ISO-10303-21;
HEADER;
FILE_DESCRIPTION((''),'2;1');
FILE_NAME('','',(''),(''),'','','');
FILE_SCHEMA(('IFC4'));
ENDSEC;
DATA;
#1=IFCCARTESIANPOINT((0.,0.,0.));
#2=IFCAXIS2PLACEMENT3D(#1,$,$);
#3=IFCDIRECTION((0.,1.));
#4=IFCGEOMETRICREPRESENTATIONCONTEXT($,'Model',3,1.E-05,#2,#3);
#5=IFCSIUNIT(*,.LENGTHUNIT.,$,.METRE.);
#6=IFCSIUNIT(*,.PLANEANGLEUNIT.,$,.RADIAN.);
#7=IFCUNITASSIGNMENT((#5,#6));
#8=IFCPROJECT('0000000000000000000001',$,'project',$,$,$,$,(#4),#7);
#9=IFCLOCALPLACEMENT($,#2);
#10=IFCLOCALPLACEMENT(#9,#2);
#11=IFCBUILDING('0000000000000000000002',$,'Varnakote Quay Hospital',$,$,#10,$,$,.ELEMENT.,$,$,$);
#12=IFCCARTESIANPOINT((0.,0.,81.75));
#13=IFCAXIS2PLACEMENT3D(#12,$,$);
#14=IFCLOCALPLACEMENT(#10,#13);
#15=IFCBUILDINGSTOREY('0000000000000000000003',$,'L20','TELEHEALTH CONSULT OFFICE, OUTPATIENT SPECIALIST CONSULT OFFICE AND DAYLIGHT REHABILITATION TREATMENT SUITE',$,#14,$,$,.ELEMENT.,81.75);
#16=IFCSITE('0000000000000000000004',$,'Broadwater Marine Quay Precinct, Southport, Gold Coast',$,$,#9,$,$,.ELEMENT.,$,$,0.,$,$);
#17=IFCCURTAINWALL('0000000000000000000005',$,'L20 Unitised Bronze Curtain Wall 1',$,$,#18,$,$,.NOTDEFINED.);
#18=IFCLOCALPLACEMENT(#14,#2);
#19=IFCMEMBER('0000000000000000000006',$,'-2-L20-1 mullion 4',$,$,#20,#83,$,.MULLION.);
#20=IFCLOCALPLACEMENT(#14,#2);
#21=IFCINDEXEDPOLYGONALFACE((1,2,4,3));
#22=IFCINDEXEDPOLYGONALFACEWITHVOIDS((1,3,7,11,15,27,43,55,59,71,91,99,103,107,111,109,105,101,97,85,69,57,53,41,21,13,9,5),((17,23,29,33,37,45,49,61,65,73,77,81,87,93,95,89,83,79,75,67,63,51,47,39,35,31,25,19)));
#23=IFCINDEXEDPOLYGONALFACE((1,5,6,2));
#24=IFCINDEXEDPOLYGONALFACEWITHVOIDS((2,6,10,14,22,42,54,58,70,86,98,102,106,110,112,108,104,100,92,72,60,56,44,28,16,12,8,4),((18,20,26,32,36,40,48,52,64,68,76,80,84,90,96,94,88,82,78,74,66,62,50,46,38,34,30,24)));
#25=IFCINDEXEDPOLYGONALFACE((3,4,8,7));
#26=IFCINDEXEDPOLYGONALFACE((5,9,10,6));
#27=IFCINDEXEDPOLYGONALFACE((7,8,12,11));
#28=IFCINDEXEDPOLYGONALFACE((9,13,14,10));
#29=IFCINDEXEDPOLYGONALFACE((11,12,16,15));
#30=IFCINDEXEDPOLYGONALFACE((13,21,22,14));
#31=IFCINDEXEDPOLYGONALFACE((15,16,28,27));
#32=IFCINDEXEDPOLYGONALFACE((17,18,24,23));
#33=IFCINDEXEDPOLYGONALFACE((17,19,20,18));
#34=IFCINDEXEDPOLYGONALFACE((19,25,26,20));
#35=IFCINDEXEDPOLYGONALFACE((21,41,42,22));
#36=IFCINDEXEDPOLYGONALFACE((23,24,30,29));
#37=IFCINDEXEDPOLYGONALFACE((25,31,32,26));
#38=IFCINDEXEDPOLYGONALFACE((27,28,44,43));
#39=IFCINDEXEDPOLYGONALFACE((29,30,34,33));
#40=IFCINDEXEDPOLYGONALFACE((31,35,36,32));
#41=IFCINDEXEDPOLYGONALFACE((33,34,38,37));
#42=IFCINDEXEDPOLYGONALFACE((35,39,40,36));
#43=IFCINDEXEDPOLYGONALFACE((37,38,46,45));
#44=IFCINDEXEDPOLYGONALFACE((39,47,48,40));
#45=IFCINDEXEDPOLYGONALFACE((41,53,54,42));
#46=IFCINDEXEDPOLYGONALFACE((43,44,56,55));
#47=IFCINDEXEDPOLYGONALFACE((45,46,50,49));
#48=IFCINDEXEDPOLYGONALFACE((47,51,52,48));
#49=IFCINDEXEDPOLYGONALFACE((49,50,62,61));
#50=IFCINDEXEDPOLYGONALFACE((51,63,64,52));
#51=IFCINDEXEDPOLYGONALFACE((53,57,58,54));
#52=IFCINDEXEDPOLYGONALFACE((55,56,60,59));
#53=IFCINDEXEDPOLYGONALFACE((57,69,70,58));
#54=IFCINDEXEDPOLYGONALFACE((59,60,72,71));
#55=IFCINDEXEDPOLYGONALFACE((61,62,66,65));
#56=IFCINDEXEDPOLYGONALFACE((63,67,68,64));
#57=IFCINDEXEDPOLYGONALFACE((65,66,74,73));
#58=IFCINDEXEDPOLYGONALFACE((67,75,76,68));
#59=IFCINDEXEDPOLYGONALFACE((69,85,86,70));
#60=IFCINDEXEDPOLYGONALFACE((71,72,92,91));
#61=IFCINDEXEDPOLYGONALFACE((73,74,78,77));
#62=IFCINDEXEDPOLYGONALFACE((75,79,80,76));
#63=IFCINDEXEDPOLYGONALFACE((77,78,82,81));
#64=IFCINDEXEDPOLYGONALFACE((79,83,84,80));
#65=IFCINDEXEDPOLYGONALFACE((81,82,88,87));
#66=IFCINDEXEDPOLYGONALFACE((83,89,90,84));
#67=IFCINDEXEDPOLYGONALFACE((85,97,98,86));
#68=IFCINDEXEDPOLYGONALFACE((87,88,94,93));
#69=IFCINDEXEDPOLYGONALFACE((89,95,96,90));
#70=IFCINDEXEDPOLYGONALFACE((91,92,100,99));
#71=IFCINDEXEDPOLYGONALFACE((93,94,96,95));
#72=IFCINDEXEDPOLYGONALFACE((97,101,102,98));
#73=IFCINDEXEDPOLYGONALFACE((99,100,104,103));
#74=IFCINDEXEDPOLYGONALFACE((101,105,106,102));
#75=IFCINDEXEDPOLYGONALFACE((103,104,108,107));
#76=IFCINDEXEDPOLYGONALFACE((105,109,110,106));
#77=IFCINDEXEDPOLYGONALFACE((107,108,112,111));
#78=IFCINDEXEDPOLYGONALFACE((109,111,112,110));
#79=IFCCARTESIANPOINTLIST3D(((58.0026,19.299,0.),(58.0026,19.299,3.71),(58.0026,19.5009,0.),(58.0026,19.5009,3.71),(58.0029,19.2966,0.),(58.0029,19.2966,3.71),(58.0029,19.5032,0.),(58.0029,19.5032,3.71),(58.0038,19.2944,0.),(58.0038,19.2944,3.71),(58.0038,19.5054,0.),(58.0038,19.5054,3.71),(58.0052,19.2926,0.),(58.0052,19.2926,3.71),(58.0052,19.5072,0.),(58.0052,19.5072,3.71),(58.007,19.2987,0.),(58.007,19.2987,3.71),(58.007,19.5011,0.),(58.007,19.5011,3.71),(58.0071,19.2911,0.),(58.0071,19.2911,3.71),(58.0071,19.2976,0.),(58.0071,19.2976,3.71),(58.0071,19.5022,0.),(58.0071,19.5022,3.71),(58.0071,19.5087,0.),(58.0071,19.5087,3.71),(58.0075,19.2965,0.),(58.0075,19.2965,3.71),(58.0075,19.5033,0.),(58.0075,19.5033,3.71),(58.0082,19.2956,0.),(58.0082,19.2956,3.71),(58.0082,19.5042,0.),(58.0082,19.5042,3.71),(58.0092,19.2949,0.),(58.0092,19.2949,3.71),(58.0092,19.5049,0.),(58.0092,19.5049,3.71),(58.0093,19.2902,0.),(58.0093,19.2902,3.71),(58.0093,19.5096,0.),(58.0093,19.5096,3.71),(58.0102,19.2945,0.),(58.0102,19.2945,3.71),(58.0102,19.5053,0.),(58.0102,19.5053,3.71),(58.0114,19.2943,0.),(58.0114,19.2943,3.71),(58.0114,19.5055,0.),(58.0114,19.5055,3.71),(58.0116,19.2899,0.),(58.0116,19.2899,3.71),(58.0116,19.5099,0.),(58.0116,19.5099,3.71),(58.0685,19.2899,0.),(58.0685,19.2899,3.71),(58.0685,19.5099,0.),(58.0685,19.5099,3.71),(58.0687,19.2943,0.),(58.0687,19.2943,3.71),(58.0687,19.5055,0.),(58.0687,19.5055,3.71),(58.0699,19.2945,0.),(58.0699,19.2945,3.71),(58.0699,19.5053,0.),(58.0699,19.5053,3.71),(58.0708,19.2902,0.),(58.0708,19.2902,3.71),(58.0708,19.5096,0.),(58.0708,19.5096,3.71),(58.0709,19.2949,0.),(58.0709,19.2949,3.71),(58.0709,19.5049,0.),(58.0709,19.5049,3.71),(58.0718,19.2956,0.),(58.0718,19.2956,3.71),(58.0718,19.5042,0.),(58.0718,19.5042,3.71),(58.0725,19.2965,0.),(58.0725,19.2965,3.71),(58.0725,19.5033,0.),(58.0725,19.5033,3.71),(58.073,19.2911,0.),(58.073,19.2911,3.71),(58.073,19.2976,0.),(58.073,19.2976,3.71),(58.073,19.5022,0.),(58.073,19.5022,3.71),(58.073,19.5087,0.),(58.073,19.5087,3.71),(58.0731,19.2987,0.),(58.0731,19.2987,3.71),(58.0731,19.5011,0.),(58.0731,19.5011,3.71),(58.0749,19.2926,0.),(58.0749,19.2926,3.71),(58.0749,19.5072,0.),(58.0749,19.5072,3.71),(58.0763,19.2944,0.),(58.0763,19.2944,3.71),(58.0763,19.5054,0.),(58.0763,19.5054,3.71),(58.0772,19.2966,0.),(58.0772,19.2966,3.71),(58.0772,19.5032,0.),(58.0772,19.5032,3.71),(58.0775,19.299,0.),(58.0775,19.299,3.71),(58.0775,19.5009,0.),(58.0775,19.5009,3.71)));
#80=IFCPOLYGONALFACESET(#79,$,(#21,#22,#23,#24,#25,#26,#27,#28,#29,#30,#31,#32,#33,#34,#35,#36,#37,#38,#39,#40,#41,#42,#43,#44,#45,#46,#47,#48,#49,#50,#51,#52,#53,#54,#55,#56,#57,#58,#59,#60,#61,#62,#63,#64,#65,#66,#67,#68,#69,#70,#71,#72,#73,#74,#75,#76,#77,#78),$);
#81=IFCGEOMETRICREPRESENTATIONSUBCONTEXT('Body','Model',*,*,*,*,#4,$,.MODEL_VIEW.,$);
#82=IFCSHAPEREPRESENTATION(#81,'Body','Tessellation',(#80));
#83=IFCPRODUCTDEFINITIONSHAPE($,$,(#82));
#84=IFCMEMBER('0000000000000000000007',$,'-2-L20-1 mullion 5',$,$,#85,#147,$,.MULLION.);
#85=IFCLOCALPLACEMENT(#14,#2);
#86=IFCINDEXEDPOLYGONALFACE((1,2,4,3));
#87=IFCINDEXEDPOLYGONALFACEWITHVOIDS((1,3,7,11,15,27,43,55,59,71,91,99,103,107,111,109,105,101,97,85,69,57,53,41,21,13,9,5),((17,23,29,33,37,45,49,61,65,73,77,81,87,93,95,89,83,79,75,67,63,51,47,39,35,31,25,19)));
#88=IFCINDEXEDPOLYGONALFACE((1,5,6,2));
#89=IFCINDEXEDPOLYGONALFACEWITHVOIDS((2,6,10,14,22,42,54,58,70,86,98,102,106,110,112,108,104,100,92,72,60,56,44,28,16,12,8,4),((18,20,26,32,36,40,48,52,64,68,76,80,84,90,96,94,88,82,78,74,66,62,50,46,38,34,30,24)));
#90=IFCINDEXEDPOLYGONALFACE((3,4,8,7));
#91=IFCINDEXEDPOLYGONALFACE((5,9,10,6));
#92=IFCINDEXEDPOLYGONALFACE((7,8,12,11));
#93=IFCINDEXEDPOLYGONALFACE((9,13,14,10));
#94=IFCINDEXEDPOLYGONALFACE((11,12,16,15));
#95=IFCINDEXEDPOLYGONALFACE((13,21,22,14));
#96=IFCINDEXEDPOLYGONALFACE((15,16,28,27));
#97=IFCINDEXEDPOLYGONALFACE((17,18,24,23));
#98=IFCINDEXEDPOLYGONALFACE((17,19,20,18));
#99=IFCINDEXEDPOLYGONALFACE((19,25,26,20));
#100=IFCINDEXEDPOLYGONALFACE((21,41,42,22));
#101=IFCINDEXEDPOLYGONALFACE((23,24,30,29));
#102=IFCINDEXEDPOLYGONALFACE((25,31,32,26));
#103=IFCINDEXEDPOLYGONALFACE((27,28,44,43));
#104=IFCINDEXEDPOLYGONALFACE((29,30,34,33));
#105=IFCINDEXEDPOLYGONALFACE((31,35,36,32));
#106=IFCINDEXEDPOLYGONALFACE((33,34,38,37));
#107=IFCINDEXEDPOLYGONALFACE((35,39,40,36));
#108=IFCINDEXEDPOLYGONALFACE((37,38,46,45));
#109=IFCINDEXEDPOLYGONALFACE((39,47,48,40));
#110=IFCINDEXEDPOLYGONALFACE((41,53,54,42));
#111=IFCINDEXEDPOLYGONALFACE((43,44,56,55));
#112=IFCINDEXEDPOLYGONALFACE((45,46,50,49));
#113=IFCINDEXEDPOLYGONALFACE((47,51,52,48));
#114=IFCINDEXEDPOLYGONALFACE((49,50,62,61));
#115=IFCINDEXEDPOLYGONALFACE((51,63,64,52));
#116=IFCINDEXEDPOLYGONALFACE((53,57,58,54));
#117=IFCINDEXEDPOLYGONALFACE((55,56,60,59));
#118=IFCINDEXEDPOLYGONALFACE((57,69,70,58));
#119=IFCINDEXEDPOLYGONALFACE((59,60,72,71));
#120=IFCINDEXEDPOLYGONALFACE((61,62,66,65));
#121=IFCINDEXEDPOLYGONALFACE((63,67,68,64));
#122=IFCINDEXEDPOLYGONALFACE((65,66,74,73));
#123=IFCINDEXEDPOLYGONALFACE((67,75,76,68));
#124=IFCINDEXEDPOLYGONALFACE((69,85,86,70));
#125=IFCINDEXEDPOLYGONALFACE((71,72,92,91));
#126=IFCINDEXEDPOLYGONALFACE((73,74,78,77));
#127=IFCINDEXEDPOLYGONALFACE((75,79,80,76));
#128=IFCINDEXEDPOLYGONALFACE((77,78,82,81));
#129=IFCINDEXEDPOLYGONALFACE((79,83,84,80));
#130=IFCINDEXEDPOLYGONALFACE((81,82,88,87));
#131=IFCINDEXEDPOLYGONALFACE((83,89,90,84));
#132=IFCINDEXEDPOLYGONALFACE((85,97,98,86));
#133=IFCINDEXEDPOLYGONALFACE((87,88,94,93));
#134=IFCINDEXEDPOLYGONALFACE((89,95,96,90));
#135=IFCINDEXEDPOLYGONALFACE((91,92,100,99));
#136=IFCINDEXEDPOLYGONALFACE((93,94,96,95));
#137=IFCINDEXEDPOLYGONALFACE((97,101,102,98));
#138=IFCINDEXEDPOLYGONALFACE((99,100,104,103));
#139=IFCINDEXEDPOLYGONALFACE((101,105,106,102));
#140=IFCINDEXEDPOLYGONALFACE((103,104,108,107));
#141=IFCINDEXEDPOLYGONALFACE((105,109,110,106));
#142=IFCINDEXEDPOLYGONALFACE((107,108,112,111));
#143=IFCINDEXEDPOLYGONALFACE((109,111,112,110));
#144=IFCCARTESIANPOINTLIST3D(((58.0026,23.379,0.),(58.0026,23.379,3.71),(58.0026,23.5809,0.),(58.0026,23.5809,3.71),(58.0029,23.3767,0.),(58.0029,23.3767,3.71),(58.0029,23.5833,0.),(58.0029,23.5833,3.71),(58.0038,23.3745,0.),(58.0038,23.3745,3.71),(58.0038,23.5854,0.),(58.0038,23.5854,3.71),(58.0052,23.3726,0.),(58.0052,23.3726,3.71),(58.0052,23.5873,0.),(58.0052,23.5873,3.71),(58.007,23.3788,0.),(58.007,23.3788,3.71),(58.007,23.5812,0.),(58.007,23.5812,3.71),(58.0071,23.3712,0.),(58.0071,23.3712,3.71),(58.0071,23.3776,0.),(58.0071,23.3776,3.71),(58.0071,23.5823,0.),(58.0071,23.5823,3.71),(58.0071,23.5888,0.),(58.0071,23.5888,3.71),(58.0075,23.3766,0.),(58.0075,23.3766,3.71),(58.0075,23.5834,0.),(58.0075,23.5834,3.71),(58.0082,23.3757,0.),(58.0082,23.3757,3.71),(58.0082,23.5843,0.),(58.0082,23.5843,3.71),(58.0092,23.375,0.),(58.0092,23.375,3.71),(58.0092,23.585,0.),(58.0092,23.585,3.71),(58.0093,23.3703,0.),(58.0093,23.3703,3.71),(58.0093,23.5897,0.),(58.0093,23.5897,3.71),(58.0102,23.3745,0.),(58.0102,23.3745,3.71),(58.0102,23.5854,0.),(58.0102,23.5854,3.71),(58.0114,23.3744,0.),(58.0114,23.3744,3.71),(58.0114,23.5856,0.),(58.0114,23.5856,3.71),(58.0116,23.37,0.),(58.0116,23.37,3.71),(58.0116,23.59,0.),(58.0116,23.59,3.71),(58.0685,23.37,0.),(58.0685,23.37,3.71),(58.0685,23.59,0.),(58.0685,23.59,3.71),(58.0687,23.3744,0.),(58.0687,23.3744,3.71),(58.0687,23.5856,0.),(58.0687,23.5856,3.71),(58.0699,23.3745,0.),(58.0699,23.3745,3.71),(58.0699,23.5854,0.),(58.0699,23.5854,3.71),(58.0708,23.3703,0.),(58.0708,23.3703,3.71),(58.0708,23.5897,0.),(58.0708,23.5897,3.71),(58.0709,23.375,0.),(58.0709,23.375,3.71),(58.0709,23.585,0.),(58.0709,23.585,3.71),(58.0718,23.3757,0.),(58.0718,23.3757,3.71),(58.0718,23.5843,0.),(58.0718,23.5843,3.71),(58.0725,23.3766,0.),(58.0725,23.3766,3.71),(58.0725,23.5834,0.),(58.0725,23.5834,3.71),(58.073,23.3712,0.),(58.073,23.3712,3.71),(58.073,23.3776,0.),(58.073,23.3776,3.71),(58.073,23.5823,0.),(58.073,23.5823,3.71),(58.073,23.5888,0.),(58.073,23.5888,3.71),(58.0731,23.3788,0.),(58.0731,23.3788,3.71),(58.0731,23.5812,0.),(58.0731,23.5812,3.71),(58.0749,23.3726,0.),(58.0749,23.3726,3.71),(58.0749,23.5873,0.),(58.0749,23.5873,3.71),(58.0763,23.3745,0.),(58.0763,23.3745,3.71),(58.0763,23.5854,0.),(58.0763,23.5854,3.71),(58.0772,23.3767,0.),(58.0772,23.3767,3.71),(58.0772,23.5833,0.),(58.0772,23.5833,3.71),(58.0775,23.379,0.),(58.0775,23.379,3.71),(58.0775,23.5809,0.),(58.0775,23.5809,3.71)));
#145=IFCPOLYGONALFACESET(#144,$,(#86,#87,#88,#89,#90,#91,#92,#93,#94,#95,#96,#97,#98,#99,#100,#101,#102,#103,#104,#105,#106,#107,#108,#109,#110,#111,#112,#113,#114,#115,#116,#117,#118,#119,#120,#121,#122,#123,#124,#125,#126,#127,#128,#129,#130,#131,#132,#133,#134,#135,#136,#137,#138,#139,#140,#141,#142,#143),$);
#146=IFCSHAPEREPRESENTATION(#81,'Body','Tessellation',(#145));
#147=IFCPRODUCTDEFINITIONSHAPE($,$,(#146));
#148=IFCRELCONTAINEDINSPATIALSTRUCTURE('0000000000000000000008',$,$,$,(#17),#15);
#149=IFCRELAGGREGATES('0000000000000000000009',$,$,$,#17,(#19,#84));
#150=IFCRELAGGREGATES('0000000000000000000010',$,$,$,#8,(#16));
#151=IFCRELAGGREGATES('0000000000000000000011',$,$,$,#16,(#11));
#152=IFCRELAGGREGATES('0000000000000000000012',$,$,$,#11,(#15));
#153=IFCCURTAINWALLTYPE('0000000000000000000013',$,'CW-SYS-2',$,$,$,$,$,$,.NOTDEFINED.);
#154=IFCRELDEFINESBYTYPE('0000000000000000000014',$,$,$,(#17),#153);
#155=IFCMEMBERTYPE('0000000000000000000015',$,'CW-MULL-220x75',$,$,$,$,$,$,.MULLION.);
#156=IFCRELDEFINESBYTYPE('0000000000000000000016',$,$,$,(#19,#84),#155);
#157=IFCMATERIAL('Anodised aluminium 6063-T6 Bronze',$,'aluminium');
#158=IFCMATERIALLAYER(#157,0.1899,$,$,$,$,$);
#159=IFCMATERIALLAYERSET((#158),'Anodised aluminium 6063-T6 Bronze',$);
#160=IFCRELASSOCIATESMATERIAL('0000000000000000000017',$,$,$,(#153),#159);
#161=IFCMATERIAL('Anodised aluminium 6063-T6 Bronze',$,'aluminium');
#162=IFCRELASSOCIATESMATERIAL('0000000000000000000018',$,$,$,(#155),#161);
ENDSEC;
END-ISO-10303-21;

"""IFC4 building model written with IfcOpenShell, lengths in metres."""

from ifc_helpers import new_model, si_unit, direction, frame, origin, origin_2d, place, context, subcontext, project, spatial, hollow_rectangle, extrude, material, layer, layer_set, material_profile, profile_set, type_object, element, aggregate, save


model = new_model("IFC4")

# Units and contexts
model_context = context("Model", 3, precision=1e-05, world=origin(), true_north=direction((0.0, 1.0)))
body_context = subcontext(model_context, "Body", "Model", "MODEL_VIEW")
ifc_project = project(units=[si_unit("LENGTHUNIT", "METRE"), si_unit("PLANEANGLEUNIT", "RADIAN")], contexts=[model_context])

# Site, building, storey
site_placement = place(None, origin())
site = spatial("IfcSite", under=ifc_project, at=site_placement, Name="Broadwater Marine Quay Precinct, Southport, Gold Coast", CompositionType="ELEMENT", RefElevation=0.0)
building_placement = place(site_placement, origin())
building = spatial("IfcBuilding", under=site, at=building_placement, Name="Varnakote Quay Hospital", CompositionType="ELEMENT")
storey_placement = place(building_placement, frame((0.0, 0.0, 81.75)))
storey = spatial("IfcBuildingStorey", under=building, at=storey_placement, Name="L20", Description="TELEHEALTH CONSULT OFFICE, OUTPATIENT SPECIALIST CONSULT OFFICE AND DAYLIGHT REHABILITATION TREATMENT SUITE", CompositionType="ELEMENT", Elevation=81.75)

# Curtain wall, members
ifc_material_1 = material(Name="Anodised aluminium 6063-T6 Bronze", Category="aluminium")
ifc_layer_1 = layer(ifc_material_1, 0.1899)
ifc_layer_set_1 = layer_set([ifc_layer_1], Name="Anodised aluminium 6063-T6 Bronze")
curtain_wall_type = type_object("IfcCurtainWallType", Name="CW-SYS-2", PredefinedType="NOTDEFINED", material=ifc_layer_set_1)
curtain_wall_placement = place(storey_placement, origin())
curtain_wall = element("IfcCurtainWall", 1, at=curtain_wall_placement, inside=storey, type_object=curtain_wall_type, Name="L20 Unitised Bronze Curtain Wall 1", PredefinedType="NOTDEFINED")
ifc_material_2 = material(Name="Anodised aluminium 6063-T6 Bronze", Category="aluminium")
ifc_material_profile_1 = material_profile(ifc_material_2, hollow_rectangle(XDim=0.075, YDim=0.22, WallThickness=0.0044, InnerFilletRadius=0.0044, OuterFilletRadius=0.009, at=origin_2d()), Name="CW-MULL-220x75")
ifc_profile_set_1 = profile_set([ifc_material_profile_1], Name="Anodised aluminium 6063-T6 Bronze")
member_type_1 = type_object("IfcMemberType", Name="CW-MULL-220x75", PredefinedType="MULLION", material=ifc_profile_set_1)
member_1_placement = place(storey_placement, frame((58.04, 19.3999, 0.0), z_axis=(0.0, 0.0, 1.0), x_axis=(-1.0, 0.0, 0.0)))
member_1 = element("IfcMember", 2, at=member_1_placement, type_object=member_type_1, Name="-2-L20-1 mullion 4", PredefinedType="MULLION", context=body_context, shape_type="SweptSolid", body=[
    extrude(hollow_rectangle(XDim=0.075, YDim=0.22, WallThickness=0.0044, InnerFilletRadius=0.0044, OuterFilletRadius=0.009, at=origin_2d()), origin(), (0.0, 0.0, 1.0), 3.71),
])
member_2_placement = place(storey_placement, frame((58.04, 23.48, 0.0), z_axis=(0.0, 0.0, 1.0), x_axis=(-1.0, 0.0, 0.0)))
member_2 = element("IfcMember", 3, at=member_2_placement, type_object=member_type_1, Name="-2-L20-1 mullion 5", PredefinedType="MULLION", context=body_context, shape_type="SweptSolid", body=[
    extrude(hollow_rectangle(XDim=0.075, YDim=0.22, WallThickness=0.0044, InnerFilletRadius=0.0044, OuterFilletRadius=0.009, at=origin_2d()), origin(), (0.0, 0.0, 1.0), 3.71),
])
aggregate(curtain_wall, [member_1, member_2])

save(model, "model.ifc")
